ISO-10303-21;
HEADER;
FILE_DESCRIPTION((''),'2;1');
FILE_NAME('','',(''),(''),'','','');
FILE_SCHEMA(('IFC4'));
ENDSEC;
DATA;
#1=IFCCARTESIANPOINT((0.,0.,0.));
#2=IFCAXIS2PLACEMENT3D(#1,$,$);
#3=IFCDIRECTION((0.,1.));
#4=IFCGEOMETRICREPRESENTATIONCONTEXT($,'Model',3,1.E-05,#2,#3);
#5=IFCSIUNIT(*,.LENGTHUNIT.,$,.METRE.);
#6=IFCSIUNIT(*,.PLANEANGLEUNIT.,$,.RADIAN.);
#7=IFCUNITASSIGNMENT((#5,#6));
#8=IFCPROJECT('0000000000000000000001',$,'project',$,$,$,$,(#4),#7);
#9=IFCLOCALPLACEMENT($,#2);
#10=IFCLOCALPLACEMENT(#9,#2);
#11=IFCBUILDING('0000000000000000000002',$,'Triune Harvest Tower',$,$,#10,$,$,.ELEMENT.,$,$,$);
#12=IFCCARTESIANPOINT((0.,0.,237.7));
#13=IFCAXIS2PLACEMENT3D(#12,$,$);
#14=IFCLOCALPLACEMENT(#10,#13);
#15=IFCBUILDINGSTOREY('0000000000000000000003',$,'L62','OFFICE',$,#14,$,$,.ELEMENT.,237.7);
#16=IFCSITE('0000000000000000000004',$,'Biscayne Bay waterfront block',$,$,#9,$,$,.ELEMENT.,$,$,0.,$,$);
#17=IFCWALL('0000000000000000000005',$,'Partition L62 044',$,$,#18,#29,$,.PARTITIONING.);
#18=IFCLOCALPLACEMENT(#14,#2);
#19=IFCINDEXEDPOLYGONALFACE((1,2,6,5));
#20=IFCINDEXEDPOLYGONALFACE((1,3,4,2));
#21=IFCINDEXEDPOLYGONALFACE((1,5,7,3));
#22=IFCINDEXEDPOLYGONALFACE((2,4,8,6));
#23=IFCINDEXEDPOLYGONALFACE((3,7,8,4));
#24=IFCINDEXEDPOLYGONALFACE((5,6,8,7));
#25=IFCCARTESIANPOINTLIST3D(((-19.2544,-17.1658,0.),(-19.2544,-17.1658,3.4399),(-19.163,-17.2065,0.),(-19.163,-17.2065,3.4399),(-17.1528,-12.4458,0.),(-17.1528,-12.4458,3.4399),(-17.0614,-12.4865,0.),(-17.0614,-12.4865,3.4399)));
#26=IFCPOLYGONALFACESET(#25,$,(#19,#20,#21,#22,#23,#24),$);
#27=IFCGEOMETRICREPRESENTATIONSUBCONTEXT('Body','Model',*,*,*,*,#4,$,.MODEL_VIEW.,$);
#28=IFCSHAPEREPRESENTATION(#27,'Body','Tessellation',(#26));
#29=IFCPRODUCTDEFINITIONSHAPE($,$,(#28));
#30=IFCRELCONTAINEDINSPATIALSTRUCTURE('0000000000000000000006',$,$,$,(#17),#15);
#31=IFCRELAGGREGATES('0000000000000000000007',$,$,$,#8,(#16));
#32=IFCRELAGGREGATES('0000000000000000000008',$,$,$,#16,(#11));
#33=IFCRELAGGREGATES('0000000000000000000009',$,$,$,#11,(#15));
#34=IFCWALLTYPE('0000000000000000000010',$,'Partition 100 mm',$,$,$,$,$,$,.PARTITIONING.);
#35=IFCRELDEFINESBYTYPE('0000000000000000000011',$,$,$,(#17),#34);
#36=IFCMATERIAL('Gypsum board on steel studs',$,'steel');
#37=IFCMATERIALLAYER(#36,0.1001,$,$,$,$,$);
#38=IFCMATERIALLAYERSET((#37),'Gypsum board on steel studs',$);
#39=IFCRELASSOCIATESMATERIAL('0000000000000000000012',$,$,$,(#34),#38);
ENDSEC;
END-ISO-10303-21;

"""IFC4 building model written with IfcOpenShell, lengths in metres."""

from ifc_helpers import new_model, si_unit, direction, frame, frame_2d, origin, place, context, subcontext, project, spatial, rectangle, extrude, material, layer, layer_set, type_object, element, save


model = new_model("IFC4")

# Units and contexts
model_context = context("Model", 3, precision=1e-05, world=origin(), true_north=direction((0.0, 1.0)))
body_context = subcontext(model_context, "Body", "Model", "MODEL_VIEW")
ifc_project = project(units=[si_unit("LENGTHUNIT", "METRE"), si_unit("PLANEANGLEUNIT", "RADIAN")], contexts=[model_context])

# Site, building, storey
site_placement = place(None, origin())
site = spatial("IfcSite", under=ifc_project, at=site_placement, Name="Biscayne Bay waterfront block", CompositionType="ELEMENT", RefElevation=0.0)
building_placement = place(site_placement, origin())
building = spatial("IfcBuilding", under=site, at=building_placement, Name="Triune Harvest Tower", CompositionType="ELEMENT")
storey_placement = place(building_placement, frame((0.0, 0.0, 237.7)))
storey = spatial("IfcBuildingStorey", under=building, at=storey_placement, Name="L62", Description="OFFICE", CompositionType="ELEMENT", Elevation=237.7)

# Wall
ifc_material_1 = material(Name="Gypsum board on steel studs", Category="steel")
ifc_layer_1 = layer(ifc_material_1, 0.1001)
ifc_layer_set_1 = layer_set([ifc_layer_1], Name="Gypsum board on steel studs")
wall_type = type_object("IfcWallType", Name="Partition 100 mm", PredefinedType="PARTITIONING", material=ifc_layer_set_1)
wall_1_placement = place(storey_placement, frame((-19.2087, -17.1863, 0.0), z_axis=(0.0, 0.0, 1.0), x_axis=(0.406752, 0.913539, 0.0)))
element("IfcWall", 1, at=wall_1_placement, inside=storey, type_object=wall_type, Name="Partition L62 044", PredefinedType="PARTITIONING", context=body_context, shape_type="SweptSolid", body=[
    extrude(rectangle(XDim=5.1667, YDim=0.1001, at=frame_2d((2.5835, 0.0))), origin(), (0.0, 0.0, 1.0), 3.4399),
])

save(model, "model.ifc")
